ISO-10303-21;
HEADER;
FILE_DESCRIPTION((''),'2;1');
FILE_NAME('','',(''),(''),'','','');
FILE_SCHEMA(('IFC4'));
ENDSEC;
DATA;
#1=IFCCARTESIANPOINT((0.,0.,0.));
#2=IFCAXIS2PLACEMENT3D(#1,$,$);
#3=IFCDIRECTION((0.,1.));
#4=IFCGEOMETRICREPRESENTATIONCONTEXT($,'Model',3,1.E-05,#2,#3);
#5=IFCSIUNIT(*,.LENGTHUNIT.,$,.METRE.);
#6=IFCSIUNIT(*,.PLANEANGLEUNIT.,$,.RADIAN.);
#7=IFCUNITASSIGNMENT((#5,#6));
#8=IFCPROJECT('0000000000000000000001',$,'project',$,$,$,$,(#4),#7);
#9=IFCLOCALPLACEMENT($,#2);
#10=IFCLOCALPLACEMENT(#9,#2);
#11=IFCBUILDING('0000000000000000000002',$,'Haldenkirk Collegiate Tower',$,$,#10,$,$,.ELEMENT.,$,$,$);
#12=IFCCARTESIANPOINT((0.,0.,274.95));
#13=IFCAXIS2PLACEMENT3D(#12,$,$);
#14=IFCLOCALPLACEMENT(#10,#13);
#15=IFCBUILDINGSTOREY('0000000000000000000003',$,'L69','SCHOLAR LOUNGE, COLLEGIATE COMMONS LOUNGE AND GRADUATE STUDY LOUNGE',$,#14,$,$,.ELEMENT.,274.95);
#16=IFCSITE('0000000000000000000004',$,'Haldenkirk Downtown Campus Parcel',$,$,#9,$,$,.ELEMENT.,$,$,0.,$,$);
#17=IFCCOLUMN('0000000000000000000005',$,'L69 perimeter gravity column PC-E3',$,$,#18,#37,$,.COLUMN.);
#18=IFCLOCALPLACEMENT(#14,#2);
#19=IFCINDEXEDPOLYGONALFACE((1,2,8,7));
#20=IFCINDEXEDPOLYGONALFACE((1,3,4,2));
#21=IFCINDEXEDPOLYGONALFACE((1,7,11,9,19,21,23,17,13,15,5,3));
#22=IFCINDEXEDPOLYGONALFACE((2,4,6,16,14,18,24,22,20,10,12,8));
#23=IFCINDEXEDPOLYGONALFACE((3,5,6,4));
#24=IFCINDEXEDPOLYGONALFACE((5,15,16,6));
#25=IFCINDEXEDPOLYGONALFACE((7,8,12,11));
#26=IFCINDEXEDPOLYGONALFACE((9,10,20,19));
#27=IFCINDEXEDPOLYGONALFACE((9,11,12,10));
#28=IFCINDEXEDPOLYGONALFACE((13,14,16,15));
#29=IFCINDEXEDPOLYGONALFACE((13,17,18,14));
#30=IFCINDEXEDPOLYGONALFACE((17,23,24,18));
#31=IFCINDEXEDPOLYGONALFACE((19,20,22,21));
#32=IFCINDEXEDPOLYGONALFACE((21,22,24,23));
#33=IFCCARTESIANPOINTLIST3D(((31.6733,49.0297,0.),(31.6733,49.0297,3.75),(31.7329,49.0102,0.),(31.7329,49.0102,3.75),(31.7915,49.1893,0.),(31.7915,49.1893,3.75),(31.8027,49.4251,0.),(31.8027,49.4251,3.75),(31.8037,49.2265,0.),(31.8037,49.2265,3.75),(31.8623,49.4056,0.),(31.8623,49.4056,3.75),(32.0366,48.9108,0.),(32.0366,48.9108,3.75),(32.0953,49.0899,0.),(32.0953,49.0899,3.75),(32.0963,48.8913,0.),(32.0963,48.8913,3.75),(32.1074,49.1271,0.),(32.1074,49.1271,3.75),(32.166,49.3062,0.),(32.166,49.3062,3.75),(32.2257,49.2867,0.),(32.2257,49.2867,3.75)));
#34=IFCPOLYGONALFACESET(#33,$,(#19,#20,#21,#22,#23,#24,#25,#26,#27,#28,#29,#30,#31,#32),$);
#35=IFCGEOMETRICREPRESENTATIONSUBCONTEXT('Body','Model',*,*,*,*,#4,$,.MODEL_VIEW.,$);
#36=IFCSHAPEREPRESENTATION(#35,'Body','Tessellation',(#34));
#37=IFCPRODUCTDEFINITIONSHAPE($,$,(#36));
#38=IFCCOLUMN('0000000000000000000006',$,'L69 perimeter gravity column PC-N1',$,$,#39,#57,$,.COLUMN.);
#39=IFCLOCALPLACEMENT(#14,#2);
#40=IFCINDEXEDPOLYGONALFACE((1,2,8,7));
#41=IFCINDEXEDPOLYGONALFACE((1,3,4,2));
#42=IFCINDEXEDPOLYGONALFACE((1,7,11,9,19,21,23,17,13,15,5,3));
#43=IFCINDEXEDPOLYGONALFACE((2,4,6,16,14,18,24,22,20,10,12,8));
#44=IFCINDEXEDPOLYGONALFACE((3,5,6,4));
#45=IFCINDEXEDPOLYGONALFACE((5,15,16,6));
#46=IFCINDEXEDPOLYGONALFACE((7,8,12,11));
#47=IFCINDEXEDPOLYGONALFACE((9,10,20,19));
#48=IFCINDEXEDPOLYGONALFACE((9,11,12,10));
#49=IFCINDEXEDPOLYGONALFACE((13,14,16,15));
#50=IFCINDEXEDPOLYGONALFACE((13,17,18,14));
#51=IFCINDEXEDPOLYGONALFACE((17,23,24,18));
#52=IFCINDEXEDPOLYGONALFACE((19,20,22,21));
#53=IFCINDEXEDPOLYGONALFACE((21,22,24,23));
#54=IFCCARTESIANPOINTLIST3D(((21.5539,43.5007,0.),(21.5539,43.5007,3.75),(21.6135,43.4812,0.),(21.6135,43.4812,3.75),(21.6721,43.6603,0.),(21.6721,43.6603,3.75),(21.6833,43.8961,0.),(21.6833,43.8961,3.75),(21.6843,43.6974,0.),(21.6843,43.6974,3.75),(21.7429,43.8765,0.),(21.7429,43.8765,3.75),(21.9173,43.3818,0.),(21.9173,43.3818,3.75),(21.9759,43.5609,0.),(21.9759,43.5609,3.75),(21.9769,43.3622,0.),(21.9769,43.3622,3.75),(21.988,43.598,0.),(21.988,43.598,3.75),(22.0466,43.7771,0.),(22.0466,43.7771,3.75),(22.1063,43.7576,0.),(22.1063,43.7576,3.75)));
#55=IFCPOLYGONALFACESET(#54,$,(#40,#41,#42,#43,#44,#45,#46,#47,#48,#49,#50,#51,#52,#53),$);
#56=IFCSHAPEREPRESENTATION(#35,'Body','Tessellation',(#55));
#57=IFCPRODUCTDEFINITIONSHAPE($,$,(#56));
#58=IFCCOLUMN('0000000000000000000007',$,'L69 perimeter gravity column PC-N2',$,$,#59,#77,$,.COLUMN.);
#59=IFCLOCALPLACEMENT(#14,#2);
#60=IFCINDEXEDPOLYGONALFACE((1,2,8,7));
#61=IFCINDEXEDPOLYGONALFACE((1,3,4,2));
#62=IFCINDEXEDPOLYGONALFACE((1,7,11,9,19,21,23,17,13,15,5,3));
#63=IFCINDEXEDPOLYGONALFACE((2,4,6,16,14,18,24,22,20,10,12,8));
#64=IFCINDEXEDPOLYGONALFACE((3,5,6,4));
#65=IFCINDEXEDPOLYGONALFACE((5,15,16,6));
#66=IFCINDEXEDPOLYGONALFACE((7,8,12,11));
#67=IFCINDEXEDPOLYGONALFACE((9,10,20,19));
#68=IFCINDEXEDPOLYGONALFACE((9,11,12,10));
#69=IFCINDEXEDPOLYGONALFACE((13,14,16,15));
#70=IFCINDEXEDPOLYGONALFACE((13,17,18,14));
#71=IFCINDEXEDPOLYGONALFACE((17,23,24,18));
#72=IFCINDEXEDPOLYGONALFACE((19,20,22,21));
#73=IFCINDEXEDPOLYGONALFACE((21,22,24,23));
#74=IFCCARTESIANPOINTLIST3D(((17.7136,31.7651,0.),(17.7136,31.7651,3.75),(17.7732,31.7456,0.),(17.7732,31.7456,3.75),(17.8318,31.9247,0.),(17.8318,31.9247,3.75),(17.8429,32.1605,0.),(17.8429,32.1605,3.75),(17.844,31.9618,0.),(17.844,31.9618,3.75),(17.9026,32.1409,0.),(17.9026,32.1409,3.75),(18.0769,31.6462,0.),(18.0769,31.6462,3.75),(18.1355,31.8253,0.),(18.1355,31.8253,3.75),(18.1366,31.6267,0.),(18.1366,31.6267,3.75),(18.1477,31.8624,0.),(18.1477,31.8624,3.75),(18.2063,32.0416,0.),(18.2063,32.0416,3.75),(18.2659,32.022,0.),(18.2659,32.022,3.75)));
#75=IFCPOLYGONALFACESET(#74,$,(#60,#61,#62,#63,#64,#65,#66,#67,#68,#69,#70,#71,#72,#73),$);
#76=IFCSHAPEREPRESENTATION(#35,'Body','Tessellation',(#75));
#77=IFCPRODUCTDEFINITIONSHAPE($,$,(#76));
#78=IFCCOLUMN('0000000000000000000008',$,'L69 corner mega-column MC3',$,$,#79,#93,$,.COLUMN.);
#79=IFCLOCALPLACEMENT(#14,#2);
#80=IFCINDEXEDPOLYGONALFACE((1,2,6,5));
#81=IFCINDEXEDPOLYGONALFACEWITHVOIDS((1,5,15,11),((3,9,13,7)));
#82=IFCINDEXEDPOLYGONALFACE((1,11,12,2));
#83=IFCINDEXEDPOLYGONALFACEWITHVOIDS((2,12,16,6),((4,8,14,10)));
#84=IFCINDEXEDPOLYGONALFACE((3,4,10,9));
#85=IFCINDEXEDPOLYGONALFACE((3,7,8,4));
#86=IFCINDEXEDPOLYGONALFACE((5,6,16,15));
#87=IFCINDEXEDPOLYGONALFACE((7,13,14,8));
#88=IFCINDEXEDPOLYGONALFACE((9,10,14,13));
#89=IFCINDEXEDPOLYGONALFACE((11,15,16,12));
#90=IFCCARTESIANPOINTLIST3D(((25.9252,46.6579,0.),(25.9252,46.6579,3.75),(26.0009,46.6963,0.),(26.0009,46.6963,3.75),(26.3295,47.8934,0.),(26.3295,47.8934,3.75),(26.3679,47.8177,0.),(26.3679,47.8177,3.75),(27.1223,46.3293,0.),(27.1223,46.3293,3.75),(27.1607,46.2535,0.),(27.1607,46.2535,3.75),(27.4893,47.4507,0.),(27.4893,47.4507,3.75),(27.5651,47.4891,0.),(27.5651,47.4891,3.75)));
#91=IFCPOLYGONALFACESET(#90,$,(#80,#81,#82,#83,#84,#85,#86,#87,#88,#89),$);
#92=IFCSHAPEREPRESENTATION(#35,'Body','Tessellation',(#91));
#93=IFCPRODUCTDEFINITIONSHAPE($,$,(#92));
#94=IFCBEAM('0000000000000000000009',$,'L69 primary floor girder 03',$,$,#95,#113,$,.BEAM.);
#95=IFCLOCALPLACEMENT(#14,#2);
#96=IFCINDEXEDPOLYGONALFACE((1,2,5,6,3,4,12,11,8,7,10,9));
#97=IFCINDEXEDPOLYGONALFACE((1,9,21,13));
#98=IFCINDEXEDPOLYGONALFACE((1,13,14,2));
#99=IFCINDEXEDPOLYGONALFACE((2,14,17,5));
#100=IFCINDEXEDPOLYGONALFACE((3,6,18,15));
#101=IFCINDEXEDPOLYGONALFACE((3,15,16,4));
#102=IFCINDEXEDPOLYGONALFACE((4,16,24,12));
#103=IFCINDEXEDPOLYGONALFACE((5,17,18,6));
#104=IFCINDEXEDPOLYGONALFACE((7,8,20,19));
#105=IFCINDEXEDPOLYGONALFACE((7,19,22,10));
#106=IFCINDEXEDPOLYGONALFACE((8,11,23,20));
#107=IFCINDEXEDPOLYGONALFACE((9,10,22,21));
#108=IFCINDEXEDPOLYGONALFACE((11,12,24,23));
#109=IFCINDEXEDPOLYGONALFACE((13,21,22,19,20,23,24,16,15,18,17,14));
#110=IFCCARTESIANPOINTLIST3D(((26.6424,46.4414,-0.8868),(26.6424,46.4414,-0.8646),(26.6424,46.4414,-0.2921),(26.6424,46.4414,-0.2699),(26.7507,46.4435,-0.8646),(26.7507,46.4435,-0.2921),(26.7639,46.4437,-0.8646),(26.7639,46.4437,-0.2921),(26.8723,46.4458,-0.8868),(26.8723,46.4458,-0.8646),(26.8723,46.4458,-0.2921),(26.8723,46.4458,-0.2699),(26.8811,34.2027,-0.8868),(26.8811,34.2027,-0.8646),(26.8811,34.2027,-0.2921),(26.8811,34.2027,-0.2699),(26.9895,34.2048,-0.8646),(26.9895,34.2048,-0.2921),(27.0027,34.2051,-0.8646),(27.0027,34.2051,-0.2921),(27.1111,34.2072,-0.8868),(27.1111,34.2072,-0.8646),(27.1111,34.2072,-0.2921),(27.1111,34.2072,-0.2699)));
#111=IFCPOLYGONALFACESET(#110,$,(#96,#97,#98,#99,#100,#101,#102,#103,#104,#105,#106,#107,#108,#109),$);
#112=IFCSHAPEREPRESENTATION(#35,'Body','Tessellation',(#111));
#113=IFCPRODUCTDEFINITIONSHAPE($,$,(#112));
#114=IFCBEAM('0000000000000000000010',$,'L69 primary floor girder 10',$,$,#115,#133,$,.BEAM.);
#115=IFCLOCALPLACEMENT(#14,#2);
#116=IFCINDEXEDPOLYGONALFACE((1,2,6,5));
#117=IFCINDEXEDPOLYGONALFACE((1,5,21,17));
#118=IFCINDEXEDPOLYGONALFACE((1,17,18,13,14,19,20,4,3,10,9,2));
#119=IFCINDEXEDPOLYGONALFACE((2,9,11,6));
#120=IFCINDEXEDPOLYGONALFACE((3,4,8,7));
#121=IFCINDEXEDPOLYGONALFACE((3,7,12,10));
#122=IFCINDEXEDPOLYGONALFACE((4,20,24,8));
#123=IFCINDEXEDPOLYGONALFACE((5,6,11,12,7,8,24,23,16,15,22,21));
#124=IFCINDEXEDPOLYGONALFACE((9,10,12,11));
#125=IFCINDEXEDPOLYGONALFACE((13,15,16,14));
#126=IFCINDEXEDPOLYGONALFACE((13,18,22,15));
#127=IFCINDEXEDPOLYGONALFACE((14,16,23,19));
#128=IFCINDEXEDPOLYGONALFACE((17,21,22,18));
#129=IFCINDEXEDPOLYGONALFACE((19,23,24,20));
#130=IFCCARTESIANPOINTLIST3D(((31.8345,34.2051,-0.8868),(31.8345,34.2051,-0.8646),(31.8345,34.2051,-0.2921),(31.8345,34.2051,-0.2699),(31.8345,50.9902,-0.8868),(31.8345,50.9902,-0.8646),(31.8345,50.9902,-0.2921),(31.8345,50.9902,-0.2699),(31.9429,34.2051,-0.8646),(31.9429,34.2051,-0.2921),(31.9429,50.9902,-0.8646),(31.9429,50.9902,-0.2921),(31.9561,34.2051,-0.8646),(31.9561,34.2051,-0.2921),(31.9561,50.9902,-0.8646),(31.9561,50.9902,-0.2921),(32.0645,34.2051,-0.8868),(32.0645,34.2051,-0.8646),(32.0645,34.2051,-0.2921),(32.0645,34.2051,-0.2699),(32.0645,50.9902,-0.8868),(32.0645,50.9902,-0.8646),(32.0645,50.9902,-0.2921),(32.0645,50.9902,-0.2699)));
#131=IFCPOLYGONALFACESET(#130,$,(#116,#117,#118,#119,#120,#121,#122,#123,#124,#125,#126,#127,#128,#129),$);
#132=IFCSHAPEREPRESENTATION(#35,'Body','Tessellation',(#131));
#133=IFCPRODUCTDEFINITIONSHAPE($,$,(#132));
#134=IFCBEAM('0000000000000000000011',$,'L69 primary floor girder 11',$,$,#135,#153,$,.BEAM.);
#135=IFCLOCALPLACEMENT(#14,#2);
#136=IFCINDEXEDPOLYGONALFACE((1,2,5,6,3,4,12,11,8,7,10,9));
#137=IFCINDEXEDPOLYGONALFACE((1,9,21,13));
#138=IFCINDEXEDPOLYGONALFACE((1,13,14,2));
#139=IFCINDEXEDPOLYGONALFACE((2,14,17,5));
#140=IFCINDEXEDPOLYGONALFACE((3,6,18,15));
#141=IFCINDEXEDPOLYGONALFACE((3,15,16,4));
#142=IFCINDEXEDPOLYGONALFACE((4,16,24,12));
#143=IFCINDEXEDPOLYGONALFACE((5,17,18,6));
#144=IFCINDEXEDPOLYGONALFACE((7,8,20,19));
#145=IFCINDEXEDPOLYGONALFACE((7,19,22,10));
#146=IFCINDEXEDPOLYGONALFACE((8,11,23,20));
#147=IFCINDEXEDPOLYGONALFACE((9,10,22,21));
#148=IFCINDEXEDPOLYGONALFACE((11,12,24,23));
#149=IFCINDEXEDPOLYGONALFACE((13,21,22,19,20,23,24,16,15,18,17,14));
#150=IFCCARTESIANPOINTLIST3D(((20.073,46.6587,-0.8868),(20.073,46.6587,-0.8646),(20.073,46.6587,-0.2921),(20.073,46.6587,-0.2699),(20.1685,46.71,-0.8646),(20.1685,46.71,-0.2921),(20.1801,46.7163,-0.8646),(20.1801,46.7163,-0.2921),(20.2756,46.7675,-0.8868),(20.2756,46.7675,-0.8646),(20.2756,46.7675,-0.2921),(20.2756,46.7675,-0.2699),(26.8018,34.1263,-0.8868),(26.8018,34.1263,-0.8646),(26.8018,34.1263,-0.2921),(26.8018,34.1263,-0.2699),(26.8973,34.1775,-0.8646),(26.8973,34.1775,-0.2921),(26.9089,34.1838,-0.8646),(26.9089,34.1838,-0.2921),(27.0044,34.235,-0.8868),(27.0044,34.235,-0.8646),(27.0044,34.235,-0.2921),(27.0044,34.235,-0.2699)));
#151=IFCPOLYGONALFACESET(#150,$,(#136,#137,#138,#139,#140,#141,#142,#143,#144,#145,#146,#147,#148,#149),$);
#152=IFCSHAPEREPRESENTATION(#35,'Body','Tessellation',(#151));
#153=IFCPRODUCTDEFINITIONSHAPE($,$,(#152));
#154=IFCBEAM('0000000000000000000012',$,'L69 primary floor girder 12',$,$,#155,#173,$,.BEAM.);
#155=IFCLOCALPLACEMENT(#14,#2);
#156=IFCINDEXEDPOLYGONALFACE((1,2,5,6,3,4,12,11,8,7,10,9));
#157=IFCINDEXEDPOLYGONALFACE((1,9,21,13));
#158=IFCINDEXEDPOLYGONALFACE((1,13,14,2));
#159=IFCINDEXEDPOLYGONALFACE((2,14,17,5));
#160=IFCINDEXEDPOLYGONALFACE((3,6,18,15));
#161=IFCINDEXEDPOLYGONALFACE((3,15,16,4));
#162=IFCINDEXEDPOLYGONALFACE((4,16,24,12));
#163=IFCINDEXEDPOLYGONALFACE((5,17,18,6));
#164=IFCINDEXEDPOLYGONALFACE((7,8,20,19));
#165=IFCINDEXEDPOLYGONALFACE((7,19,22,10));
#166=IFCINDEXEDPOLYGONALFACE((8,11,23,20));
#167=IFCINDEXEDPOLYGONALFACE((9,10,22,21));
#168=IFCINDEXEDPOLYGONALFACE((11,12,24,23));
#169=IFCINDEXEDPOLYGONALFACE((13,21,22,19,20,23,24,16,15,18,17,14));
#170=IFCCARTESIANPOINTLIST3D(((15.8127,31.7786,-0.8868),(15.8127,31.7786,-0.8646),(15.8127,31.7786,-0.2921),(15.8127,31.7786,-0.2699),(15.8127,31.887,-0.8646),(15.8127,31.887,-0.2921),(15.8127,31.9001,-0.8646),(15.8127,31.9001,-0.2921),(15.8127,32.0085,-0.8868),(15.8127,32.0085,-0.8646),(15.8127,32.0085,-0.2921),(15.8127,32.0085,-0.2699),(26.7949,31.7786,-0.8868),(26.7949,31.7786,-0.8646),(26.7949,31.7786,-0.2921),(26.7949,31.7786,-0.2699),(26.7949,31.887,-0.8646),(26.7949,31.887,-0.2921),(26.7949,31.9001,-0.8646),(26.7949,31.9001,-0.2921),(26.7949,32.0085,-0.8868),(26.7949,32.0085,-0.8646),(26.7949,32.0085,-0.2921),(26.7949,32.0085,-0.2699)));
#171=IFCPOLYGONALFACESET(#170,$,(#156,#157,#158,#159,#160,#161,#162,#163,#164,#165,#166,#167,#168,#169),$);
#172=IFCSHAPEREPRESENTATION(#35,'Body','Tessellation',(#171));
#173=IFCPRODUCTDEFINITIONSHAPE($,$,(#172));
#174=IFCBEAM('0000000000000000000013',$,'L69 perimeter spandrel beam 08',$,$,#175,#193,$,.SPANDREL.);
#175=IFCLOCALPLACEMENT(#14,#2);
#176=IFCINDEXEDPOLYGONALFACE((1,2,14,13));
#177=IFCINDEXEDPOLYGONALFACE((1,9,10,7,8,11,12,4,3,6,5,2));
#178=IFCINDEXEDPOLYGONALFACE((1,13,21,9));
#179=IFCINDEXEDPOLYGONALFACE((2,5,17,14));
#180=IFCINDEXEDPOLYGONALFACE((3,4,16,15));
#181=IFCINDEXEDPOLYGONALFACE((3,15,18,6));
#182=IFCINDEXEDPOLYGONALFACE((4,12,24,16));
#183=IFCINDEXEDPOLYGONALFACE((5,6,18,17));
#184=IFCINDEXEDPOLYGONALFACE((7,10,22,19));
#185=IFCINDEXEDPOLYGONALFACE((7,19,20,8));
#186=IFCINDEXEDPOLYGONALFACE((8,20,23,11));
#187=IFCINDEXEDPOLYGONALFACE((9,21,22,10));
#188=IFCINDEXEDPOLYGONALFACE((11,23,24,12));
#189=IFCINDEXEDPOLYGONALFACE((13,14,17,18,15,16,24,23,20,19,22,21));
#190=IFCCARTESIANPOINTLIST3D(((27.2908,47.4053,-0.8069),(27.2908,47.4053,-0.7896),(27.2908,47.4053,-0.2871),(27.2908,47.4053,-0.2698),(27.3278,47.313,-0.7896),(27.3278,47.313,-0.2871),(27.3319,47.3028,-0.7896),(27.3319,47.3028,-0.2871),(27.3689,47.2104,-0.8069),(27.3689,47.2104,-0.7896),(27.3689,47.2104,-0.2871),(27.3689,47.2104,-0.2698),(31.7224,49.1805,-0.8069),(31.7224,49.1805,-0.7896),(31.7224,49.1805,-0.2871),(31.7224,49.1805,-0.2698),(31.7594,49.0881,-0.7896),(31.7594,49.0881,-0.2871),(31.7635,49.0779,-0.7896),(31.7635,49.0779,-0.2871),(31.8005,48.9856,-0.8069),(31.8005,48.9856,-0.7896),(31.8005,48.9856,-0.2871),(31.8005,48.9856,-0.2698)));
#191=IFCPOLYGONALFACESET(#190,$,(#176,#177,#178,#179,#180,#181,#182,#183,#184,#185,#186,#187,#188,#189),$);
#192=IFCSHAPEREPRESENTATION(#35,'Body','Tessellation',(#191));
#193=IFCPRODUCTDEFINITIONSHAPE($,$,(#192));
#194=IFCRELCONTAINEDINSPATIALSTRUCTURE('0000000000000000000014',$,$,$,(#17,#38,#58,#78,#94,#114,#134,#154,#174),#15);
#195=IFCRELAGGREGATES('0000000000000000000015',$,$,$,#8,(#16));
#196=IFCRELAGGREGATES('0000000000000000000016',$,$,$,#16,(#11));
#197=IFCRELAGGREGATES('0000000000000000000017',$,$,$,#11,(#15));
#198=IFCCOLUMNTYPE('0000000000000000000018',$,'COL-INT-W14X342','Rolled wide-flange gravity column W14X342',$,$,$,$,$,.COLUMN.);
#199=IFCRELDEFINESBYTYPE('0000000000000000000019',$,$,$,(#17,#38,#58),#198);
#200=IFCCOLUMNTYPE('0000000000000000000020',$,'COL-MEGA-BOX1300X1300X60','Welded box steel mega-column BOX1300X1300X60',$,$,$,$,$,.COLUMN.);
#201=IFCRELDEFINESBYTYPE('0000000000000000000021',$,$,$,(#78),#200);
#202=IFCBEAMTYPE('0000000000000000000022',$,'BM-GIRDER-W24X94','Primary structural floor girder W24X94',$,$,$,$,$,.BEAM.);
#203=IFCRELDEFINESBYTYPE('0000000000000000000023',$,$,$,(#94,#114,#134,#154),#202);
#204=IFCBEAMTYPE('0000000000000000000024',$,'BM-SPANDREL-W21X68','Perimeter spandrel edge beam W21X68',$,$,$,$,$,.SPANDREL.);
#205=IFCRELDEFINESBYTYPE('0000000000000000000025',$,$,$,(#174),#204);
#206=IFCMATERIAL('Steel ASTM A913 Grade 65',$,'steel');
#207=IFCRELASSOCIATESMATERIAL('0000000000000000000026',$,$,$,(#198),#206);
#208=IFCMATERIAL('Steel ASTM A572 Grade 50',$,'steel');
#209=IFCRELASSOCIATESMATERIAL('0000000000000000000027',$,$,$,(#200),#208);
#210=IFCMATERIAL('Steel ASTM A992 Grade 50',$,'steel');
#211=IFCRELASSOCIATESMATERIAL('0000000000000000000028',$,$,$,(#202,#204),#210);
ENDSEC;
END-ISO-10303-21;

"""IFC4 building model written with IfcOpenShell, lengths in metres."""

from ifc_helpers import new_model, si_unit, direction, frame, origin, origin_2d, place, context, subcontext, project, spatial, hollow_rectangle, i_section, extrude, material, material_profile, profile_set, type_object, element, save


model = new_model("IFC4")

# Units and contexts
model_context = context("Model", 3, precision=1e-05, world=origin(), true_north=direction((0.0, 1.0)))
body_context = subcontext(model_context, "Body", "Model", "MODEL_VIEW")
ifc_project = project(units=[si_unit("LENGTHUNIT", "METRE"), si_unit("PLANEANGLEUNIT", "RADIAN")], contexts=[model_context])

# Site, building, storey
site_placement = place(None, origin())
site = spatial("IfcSite", under=ifc_project, at=site_placement, Name="Haldenkirk Downtown Campus Parcel", CompositionType="ELEMENT", RefElevation=0.0)
building_placement = place(site_placement, origin())
building = spatial("IfcBuilding", under=site, at=building_placement, Name="Haldenkirk Collegiate Tower", CompositionType="ELEMENT")
storey_placement = place(building_placement, frame((0.0, 0.0, 274.95)))
storey = spatial("IfcBuildingStorey", under=building, at=storey_placement, Name="L69", Description="SCHOLAR LOUNGE, COLLEGIATE COMMONS LOUNGE AND GRADUATE STUDY LOUNGE", CompositionType="ELEMENT", Elevation=274.95)

# Columns
ifc_material_1 = material(Name="Steel ASTM A913 Grade 65", Category="steel")
ifc_material_profile_1 = material_profile(ifc_material_1, i_section(OverallWidth=0.416, OverallDepth=0.4451, WebThickness=0.0391, FlangeThickness=0.0627, at=origin_2d()), Name="W14X342")
ifc_profile_set_1 = profile_set([ifc_material_profile_1], Name="Steel ASTM A913 Grade 65")
column_type_1 = type_object("IfcColumnType", Name="COL-INT-W14X342", Description="Rolled wide-flange gravity column W14X342", PredefinedType="COLUMN", material=ifc_profile_set_1)
for number, where, z_axis, x_axis, name in (
    (1, (31.9495, 49.1582, 0.0), (0.0, 0.0, 1.0), (0.311008, 0.950407, 0.0), "L69 perimeter gravity column PC-E3"),
    (2, (21.8301, 43.6292, 0.0), (0.0, 0.0, 1.0), (0.311008, 0.950407, 0.0), "L69 perimeter gravity column PC-N1"),
    (3, (17.9897, 31.8936, 0.0), (0.0, 0.0, 1.0), (0.311008, 0.950407, 0.0), "L69 perimeter gravity column PC-N2"),
):
    element("IfcColumn", number, at=place(storey_placement, frame(where, z_axis=z_axis, x_axis=x_axis)), inside=storey, type_object=column_type_1, Name=name, PredefinedType="COLUMN", context=body_context, shape_type="SweptSolid", body=[
        extrude(i_section(OverallWidth=0.416, OverallDepth=0.4451, WebThickness=0.0391, FlangeThickness=0.0627, at=origin_2d()), origin(), (0.0, 0.0, 1.0), 3.75),
    ])
ifc_material_2 = material(Name="Steel ASTM A572 Grade 50", Category="steel")
ifc_material_profile_2 = material_profile(ifc_material_2, hollow_rectangle(XDim=1.3, YDim=1.3, WallThickness=0.0601, at=origin_2d()), Name="BOX1300X1300X60")
ifc_profile_set_2 = profile_set([ifc_material_profile_2], Name="Steel ASTM A572 Grade 50")
column_type_2 = type_object("IfcColumnType", Name="COL-MEGA-BOX1300X1300X60", Description="Welded box steel mega-column BOX1300X1300X60", PredefinedType="COLUMN", material=ifc_profile_set_2)
column_placement = place(storey_placement, frame((26.7451, 47.0735, 0.0), z_axis=(0.0, 0.0, 1.0), x_axis=(0.311008, 0.950407, 0.0)))
element("IfcColumn", 4, at=column_placement, inside=storey, type_object=column_type_2, Name="L69 corner mega-column MC3", PredefinedType="COLUMN", context=body_context, shape_type="SweptSolid", body=[
    extrude(hollow_rectangle(XDim=1.3, YDim=1.3, WallThickness=0.0601, at=origin_2d()), origin(), (0.0, 0.0, 1.0), 3.75),
])

# Beams
ifc_material_3 = material(Name="Steel ASTM A992 Grade 50", Category="steel")
ifc_material_profile_3 = material_profile(ifc_material_3, i_section(OverallWidth=0.23, OverallDepth=0.6169, WebThickness=0.0132, FlangeThickness=0.0222, at=origin_2d()), Name="W24X94")
ifc_profile_set_3 = profile_set([ifc_material_profile_3], Name="Steel ASTM A992 Grade 50")
beam_type_1 = type_object("IfcBeamType", Name="BM-GIRDER-W24X94", Description="Primary structural floor girder W24X94", PredefinedType="BEAM", material=ifc_profile_set_3)
beam_1_placement = place(storey_placement, frame((26.7573, 46.4436, -0.5784), z_axis=(0.019506, -0.99981, 0.0), x_axis=(0.99981, 0.019506, 0.0)))
element("IfcBeam", 5, at=beam_1_placement, inside=storey, type_object=beam_type_1, Name="L69 primary floor girder 03", PredefinedType="BEAM", context=body_context, shape_type="SweptSolid", body=[
    extrude(i_section(OverallWidth=0.23, OverallDepth=0.6169, WebThickness=0.0132, FlangeThickness=0.0222, at=origin_2d()), origin(), (0.0, 0.0, 1.0), 12.241),
])
beam_2_placement = place(storey_placement, frame((31.9495, 50.9902, -0.5784), z_axis=(0.0, -1.0, 0.0), x_axis=(1.0, 0.0, 0.0)))
element("IfcBeam", 6, at=beam_2_placement, inside=storey, type_object=beam_type_1, Name="L69 primary floor girder 10", PredefinedType="BEAM", context=body_context, shape_type="SweptSolid", body=[
    extrude(i_section(OverallWidth=0.23, OverallDepth=0.6169, WebThickness=0.0132, FlangeThickness=0.0222, at=origin_2d()), origin(), (0.0, 0.0, 1.0), 16.7852),
])
beam_3_placement = place(storey_placement, frame((20.1743, 46.7131, -0.5784), z_axis=(0.473037, -0.881043, 0.0), x_axis=(0.881043, 0.473037, 0.0)))
element("IfcBeam", 7, at=beam_3_placement, inside=storey, type_object=beam_type_1, Name="L69 primary floor girder 11", PredefinedType="BEAM", context=body_context, shape_type="SweptSolid", body=[
    extrude(i_section(OverallWidth=0.23, OverallDepth=0.6169, WebThickness=0.0132, FlangeThickness=0.0222, at=origin_2d()), origin(), (0.0, 0.0, 1.0), 14.2246),
])
beam_4_placement = place(storey_placement, frame((15.8127, 31.8936, -0.5784), z_axis=(1.0, 0.0, 0.0), x_axis=(0.0, 1.0, 0.0)))
element("IfcBeam", 8, at=beam_4_placement, inside=storey, type_object=beam_type_1, Name="L69 primary floor girder 12", PredefinedType="BEAM", context=body_context, shape_type="SweptSolid", body=[
    extrude(i_section(OverallWidth=0.23, OverallDepth=0.6169, WebThickness=0.0132, FlangeThickness=0.0222, at=origin_2d()), origin(), (0.0, 0.0, 1.0), 10.9822),
])
ifc_material_profile_4 = material_profile(ifc_material_3, i_section(OverallWidth=0.21, OverallDepth=0.5371, WebThickness=0.011, FlangeThickness=0.0173, at=origin_2d()), Name="W21X68")
ifc_profile_set_4 = profile_set([ifc_material_profile_4], Name="Steel ASTM A992 Grade 50")
beam_type_2 = type_object("IfcBeamType", Name="BM-SPANDREL-W21X68", Description="Perimeter spandrel edge beam W21X68", PredefinedType="SPANDREL", material=ifc_profile_set_4)
beam_5_placement = place(storey_placement, frame((31.7615, 49.083, -0.5383), z_axis=(-0.928297, -0.37184, 0.0), x_axis=(0.37184, -0.928297, 0.0)))
element("IfcBeam", 9, at=beam_5_placement, inside=storey, type_object=beam_type_2, Name="L69 perimeter spandrel beam 08", PredefinedType="SPANDREL", context=body_context, shape_type="SweptSolid", body=[
    extrude(i_section(OverallWidth=0.21, OverallDepth=0.5371, WebThickness=0.011, FlangeThickness=0.0173, at=origin_2d()), origin(), (0.0, 0.0, 1.0), 4.7739),
])

save(model, "model.ifc")
